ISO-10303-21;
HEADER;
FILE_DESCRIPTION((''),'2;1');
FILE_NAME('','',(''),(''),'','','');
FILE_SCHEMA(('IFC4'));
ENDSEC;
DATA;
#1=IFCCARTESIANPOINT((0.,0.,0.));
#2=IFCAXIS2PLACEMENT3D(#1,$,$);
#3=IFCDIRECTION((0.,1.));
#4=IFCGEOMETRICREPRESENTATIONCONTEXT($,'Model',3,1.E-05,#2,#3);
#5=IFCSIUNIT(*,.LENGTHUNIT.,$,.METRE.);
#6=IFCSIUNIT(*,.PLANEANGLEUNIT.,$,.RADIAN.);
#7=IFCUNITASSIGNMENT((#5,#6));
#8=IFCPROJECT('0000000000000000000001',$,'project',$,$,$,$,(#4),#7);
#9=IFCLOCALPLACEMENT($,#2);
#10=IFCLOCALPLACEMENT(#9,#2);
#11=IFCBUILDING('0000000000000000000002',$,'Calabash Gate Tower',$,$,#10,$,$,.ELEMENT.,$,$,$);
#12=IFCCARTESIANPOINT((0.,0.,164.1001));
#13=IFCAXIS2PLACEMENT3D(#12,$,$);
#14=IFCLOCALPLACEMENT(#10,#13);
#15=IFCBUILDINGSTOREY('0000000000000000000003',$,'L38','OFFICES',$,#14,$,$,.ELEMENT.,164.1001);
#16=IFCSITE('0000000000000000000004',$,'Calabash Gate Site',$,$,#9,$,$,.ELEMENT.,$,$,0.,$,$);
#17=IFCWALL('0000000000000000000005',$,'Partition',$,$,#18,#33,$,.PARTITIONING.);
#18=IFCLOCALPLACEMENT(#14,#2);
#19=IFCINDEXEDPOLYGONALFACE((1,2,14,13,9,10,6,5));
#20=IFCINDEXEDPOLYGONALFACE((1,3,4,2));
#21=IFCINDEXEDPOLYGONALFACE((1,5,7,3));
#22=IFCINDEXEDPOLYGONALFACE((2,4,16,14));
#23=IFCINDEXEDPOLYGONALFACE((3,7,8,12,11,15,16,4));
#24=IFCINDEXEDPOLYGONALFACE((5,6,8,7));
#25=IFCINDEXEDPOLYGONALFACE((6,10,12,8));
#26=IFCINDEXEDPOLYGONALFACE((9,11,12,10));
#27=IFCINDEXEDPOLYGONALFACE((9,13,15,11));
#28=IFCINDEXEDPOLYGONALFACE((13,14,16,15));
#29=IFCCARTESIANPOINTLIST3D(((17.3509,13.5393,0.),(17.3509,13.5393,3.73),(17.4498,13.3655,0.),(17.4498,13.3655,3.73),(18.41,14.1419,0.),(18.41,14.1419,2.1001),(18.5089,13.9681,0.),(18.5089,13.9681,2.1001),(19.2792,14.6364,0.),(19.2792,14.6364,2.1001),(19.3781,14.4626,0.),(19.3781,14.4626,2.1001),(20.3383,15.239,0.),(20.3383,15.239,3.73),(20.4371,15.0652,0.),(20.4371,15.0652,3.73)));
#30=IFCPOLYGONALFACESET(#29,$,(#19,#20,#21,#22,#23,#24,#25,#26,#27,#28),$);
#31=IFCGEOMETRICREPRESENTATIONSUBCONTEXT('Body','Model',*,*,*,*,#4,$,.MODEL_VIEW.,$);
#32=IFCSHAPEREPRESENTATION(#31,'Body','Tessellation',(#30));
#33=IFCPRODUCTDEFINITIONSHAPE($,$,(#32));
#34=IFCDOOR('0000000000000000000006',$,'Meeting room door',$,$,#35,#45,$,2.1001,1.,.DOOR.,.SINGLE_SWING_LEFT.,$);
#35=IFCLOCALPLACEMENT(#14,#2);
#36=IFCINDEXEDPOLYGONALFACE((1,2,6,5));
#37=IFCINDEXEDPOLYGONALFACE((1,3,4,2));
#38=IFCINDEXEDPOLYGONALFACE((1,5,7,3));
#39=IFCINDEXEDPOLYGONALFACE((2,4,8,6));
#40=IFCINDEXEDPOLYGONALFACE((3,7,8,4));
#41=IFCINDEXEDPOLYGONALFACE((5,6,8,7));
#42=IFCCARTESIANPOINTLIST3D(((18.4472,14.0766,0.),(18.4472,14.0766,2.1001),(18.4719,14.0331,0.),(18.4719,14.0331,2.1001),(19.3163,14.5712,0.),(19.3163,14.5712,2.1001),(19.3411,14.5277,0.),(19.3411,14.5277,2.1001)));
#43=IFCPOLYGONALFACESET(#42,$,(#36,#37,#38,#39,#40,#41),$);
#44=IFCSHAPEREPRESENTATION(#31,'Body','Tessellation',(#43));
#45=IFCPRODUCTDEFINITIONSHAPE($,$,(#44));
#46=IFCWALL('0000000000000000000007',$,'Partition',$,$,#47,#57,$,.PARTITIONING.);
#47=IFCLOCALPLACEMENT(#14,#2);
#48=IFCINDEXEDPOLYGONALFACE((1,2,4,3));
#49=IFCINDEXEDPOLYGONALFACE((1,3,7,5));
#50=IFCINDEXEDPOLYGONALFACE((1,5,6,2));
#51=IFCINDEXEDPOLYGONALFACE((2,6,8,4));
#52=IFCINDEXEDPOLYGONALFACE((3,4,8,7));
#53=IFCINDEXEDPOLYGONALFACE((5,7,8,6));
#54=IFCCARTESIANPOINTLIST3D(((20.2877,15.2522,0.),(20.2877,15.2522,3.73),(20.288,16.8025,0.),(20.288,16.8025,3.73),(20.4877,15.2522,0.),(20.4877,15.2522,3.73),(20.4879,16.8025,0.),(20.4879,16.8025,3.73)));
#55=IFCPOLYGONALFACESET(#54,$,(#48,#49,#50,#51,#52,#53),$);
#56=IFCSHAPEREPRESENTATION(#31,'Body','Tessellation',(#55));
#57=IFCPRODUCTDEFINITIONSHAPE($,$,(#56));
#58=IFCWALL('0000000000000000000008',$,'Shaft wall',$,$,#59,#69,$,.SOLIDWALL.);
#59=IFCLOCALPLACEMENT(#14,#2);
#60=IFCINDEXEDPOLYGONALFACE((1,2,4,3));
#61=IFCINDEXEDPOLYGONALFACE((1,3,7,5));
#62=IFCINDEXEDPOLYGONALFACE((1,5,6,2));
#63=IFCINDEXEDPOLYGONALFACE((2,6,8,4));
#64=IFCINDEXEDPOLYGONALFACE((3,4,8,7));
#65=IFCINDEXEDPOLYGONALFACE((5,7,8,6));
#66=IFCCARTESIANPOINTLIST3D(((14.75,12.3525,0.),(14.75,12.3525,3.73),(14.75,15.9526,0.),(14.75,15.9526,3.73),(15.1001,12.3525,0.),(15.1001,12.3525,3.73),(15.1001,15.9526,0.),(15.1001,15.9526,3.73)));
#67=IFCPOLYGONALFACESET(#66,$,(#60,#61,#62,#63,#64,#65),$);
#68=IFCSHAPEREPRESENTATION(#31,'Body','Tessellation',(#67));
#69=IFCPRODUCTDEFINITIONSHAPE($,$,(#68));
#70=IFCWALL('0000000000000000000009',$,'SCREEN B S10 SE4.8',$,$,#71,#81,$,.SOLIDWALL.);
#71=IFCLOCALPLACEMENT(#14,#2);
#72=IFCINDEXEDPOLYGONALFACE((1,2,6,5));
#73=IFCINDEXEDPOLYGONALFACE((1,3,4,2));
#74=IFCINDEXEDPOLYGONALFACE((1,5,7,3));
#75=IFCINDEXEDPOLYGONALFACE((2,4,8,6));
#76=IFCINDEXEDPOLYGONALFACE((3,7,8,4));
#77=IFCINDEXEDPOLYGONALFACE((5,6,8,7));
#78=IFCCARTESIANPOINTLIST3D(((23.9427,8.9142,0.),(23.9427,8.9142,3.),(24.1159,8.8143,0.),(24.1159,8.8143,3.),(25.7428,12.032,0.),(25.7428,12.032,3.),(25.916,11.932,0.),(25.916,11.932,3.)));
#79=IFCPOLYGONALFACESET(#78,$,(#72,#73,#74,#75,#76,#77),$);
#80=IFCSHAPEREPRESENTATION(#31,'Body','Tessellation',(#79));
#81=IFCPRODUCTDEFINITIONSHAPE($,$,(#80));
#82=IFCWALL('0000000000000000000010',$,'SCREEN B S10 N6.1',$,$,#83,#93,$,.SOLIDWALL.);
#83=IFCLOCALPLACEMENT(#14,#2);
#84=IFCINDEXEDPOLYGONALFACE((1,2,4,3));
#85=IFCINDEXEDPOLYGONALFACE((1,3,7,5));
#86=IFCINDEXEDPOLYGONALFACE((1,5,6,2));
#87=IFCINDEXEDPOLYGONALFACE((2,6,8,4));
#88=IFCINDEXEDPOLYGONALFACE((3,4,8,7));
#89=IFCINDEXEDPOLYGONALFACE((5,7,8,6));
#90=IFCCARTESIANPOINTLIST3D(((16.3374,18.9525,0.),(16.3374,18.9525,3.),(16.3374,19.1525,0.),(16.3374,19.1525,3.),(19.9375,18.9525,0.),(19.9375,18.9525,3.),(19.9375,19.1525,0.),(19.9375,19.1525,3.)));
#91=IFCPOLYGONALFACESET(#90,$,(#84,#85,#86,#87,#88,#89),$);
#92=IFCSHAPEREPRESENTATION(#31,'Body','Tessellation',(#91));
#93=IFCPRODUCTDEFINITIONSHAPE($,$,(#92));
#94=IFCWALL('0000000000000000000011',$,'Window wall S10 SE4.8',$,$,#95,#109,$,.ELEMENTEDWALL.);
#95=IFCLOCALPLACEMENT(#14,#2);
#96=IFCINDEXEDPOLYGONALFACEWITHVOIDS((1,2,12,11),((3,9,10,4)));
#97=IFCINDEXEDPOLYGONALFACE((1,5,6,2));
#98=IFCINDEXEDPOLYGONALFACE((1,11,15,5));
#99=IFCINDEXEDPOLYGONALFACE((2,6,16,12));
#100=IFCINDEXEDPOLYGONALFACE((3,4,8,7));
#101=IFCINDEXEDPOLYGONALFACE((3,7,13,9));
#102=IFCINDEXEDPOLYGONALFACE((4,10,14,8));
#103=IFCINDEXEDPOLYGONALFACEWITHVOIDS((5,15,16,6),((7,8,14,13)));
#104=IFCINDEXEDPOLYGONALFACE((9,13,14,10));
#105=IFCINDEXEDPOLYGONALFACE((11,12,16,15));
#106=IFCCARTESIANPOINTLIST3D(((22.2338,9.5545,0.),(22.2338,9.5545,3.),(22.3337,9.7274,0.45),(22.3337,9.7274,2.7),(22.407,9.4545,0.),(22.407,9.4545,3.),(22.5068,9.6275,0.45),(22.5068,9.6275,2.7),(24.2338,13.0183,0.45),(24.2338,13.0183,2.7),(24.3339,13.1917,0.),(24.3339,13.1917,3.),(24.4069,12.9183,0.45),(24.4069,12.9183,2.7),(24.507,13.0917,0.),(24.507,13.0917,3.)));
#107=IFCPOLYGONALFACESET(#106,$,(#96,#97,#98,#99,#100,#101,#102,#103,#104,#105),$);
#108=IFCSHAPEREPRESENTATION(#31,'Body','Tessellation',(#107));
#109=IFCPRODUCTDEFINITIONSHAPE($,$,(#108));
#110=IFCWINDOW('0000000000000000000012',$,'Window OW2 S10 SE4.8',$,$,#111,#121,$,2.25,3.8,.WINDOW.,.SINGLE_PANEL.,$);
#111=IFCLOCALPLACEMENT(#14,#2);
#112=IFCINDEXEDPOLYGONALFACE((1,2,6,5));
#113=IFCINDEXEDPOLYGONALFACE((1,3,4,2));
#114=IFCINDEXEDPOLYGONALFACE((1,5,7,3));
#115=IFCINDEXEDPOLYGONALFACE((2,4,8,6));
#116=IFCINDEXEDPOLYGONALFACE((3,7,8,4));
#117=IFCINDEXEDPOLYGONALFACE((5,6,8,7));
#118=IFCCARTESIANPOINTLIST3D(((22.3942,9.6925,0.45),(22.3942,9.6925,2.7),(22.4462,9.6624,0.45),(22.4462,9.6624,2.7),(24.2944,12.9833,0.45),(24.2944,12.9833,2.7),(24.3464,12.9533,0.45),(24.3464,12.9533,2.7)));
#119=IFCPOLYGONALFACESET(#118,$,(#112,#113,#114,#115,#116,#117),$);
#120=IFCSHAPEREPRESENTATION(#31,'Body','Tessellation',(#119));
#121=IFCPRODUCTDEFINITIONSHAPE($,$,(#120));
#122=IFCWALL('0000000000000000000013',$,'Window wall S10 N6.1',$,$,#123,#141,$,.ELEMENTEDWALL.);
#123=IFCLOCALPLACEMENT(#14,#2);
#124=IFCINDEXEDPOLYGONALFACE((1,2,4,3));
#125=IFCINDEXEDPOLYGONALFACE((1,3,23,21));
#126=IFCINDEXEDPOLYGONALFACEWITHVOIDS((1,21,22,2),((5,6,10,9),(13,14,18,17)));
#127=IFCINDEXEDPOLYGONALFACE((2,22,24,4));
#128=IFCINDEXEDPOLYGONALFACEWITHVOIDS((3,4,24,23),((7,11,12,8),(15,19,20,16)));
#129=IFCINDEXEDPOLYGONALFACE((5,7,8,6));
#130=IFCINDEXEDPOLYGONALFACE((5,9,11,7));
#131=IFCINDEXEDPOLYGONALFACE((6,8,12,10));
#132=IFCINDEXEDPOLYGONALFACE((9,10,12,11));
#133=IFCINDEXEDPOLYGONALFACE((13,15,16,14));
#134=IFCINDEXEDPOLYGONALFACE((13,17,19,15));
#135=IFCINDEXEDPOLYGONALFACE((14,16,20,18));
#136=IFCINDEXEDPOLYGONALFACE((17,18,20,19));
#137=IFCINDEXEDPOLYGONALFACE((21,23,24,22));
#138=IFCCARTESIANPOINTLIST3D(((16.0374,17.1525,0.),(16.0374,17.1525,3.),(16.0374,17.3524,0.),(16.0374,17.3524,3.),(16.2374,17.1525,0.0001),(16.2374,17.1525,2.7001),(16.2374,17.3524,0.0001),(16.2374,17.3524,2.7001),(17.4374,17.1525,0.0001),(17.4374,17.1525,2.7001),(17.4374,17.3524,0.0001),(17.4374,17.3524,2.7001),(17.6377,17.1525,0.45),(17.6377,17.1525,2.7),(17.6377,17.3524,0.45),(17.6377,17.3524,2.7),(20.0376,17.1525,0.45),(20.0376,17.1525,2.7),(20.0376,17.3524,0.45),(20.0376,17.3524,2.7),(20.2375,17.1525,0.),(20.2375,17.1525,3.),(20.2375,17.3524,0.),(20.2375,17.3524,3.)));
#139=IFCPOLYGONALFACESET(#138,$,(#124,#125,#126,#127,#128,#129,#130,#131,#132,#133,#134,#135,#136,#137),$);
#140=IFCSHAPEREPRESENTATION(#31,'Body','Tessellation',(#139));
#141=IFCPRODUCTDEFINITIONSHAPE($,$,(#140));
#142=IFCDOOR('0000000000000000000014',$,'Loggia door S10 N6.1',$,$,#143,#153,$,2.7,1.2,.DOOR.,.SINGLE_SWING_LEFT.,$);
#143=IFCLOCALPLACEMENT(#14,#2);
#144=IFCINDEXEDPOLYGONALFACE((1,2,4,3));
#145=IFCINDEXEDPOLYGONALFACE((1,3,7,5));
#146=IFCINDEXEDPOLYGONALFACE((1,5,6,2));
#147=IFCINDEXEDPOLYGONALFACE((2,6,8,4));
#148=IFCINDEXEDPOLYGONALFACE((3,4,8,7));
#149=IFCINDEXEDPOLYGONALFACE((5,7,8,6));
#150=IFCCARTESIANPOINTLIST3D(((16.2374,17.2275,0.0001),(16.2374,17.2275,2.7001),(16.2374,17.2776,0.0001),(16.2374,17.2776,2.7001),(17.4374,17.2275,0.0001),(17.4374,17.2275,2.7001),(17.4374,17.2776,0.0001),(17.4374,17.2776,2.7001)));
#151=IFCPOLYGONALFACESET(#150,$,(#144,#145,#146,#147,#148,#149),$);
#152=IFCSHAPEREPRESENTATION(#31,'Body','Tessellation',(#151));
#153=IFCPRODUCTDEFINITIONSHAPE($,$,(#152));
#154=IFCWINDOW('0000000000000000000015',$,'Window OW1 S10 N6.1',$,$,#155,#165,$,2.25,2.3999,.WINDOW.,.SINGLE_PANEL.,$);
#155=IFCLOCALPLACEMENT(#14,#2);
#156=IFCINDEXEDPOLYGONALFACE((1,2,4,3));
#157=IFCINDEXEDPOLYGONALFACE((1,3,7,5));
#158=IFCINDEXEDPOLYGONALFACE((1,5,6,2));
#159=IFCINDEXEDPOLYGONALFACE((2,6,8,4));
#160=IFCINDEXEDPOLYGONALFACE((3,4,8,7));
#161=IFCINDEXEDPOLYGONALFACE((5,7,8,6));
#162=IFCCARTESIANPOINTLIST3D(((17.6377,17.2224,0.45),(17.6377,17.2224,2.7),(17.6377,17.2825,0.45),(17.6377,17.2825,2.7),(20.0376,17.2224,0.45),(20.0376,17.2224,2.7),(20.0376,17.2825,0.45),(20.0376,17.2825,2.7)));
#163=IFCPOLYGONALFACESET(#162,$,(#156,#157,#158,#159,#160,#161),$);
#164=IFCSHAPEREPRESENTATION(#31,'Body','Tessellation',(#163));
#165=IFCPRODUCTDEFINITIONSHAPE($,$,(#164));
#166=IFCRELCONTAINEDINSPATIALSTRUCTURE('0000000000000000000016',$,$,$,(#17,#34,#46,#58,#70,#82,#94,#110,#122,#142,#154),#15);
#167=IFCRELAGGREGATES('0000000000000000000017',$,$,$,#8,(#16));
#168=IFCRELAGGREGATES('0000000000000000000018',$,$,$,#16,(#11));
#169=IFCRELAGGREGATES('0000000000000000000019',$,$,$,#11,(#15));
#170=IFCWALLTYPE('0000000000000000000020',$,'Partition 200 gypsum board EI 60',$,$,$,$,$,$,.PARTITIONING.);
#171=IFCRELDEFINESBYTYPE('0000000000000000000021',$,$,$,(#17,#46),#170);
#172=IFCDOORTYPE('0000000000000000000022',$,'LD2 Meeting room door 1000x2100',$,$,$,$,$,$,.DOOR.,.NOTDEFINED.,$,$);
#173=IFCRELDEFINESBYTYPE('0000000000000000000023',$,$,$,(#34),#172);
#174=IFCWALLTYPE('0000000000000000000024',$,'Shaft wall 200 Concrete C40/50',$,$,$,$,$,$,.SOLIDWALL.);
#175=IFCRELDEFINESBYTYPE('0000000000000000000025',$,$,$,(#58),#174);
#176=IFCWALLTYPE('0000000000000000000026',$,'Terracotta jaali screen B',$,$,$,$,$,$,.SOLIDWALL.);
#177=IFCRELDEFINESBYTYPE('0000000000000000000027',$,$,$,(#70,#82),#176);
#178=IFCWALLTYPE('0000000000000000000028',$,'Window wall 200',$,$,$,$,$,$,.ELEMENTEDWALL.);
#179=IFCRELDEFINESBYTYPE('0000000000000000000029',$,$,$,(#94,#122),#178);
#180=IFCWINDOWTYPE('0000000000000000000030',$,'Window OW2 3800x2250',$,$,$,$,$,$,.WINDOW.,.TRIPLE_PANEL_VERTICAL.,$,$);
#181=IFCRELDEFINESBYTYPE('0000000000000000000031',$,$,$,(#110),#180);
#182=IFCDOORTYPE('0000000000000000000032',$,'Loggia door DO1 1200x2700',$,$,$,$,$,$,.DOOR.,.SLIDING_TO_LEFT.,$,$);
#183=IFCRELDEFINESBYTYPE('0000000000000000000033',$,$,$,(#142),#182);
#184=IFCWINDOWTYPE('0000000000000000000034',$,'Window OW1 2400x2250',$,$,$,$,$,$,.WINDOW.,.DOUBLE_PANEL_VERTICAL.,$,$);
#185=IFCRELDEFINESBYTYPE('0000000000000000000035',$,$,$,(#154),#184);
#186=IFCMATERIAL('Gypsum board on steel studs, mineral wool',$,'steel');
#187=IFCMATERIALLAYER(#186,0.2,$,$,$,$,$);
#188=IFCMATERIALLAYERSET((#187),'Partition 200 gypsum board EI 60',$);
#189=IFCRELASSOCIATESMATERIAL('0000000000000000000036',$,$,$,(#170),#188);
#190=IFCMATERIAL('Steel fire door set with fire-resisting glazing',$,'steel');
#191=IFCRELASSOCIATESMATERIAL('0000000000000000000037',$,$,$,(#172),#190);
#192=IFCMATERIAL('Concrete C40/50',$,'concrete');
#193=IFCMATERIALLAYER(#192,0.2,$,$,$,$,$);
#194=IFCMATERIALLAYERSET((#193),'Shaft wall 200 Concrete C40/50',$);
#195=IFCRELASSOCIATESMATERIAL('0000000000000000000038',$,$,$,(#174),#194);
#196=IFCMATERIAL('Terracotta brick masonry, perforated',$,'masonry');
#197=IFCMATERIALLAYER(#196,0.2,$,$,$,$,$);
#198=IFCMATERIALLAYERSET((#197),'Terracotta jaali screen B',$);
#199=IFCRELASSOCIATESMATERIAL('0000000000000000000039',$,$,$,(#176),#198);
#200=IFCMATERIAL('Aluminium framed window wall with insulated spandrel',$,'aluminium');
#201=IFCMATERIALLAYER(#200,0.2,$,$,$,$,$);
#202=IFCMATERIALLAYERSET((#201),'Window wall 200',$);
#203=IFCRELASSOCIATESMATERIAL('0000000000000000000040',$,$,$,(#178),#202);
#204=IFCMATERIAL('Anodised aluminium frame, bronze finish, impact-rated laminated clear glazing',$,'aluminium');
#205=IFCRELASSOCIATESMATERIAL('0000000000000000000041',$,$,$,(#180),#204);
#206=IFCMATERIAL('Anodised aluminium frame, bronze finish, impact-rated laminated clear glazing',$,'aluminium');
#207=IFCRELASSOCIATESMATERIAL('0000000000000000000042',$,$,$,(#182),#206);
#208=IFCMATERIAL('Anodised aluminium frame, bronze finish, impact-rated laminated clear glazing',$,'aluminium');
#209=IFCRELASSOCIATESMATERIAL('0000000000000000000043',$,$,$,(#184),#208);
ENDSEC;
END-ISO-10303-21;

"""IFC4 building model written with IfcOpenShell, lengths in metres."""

from ifc_helpers import new_model, si_unit, direction, frame, frame_2d, origin, place, context, subcontext, project, spatial, rectangle, extrude, material, layer, layer_set, type_object, element, fill, save


model = new_model("IFC4")

# Units and contexts
model_context = context("Model", 3, precision=1e-05, world=origin(), true_north=direction((0.0, 1.0)))
body_context = subcontext(model_context, "Body", "Model", "MODEL_VIEW")
ifc_project = project(units=[si_unit("LENGTHUNIT", "METRE"), si_unit("PLANEANGLEUNIT", "RADIAN")], contexts=[model_context])

# Site, building, storey
site_placement = place(None, origin())
site = spatial("IfcSite", under=ifc_project, at=site_placement, Name="Calabash Gate Site", CompositionType="ELEMENT", RefElevation=0.0)
building_placement = place(site_placement, origin())
building = spatial("IfcBuilding", under=site, at=building_placement, Name="Calabash Gate Tower", CompositionType="ELEMENT")
storey_placement = place(building_placement, frame((0.0, 0.0, 164.1001)))
storey = spatial("IfcBuildingStorey", under=building, at=storey_placement, Name="L38", Description="OFFICES", CompositionType="ELEMENT", Elevation=164.1001)

# Shared definitions
ifc_material_1 = material(Name="Gypsum board on steel studs, mineral wool", Category="steel")
ifc_layer_1 = layer(ifc_material_1, 0.2)
ifc_layer_set_1 = layer_set([ifc_layer_1], Name="Partition 200 gypsum board EI 60")
wall_type_1 = type_object("IfcWallType", Name="Partition 200 gypsum board EI 60", PredefinedType="PARTITIONING", material=ifc_layer_set_1)

# Wall, opening, door
wall_1_placement = place(storey_placement, frame((17.4004, 13.4524, 0.0), z_axis=(0.0, 0.0, 1.0), x_axis=(0.86916, 0.494532, 0.0)))
wall_1 = element("IfcWall", 1, at=wall_1_placement, inside=storey, type_object=wall_type_1, Name="Partition", PredefinedType="PARTITIONING", context=body_context, shape_type="SweptSolid", body=[
    extrude(rectangle(XDim=3.437, YDim=0.2, at=frame_2d((1.7185, 0.0))), origin(), (0.0, 0.0, 1.0), 3.73),
])
opening_1_placement = place(wall_1_placement, frame((1.2185, 0.0, 0.0)))
opening_1 = element("IfcOpeningElement", 2, at=opening_1_placement, cuts=wall_1, PredefinedType="OPENING", context=body_context, shape_type="SweptSolid", body=[
    extrude(rectangle(XDim=1.0, YDim=2.1001, at=frame_2d((0.5, 1.05))), frame((0.0, 0.1099, 0.0), z_axis=(0.0, -1.0, 0.0), x_axis=(1.0, 0.0, 0.0)), (0.0, 0.0, 1.0), 0.22),
])
ifc_material_2 = material(Name="Steel fire door set with fire-resisting glazing", Category="steel")
door_type_1 = type_object("IfcDoorType", Name="LD2 Meeting room door 1000x2100", OperationType="NOTDEFINED", PredefinedType="DOOR", material=ifc_material_2)
door_1_placement = place(opening_1_placement, origin())
door_1 = element("IfcDoor", 3, at=door_1_placement, inside=storey, type_object=door_type_1, Name="Meeting room door", OperationType="SINGLE_SWING_LEFT", OverallHeight=2.1001, OverallWidth=1.0, PredefinedType="DOOR", context=body_context, shape_type="SweptSolid", body=[
    extrude(rectangle(XDim=1.0, YDim=2.1001, at=frame_2d((0.5, 1.05))), frame((0.0, 0.0249, 0.0), z_axis=(0.0, -1.0, 0.0), x_axis=(1.0, 0.0, 0.0)), (0.0, 0.0, 1.0), 0.05),
])
fill(opening_1, door_1)

# Walls
wall_2_placement = place(storey_placement, frame((20.3877, 15.2522, 0.0), z_axis=(0.0, 0.0, 1.0), x_axis=(0.000157, 1.0, 0.0)))
element("IfcWall", 4, at=wall_2_placement, inside=storey, type_object=wall_type_1, Name="Partition", PredefinedType="PARTITIONING", context=body_context, shape_type="SweptSolid", body=[
    extrude(rectangle(XDim=1.5503, YDim=0.2, at=frame_2d((0.7751, 0.0))), origin(), (0.0, 0.0, 1.0), 3.73),
])
ifc_material_3 = material(Name="Concrete C40/50", Category="concrete")
ifc_layer_2 = layer(ifc_material_3, 0.2)
ifc_layer_set_2 = layer_set([ifc_layer_2], Name="Shaft wall 200 Concrete C40/50")
wall_type_2 = type_object("IfcWallType", Name="Shaft wall 200 Concrete C40/50", PredefinedType="SOLIDWALL", material=ifc_layer_set_2)
wall_3_placement = place(storey_placement, frame((14.925, 12.3525, 0.0), z_axis=(0.0, 0.0, 1.0), x_axis=(0.0, 1.0, 0.0)))
element("IfcWall", 5, at=wall_3_placement, inside=storey, type_object=wall_type_2, Name="Shaft wall", PredefinedType="SOLIDWALL", context=body_context, shape_type="SweptSolid", body=[
    extrude(rectangle(XDim=3.6001, YDim=0.3501, at=frame_2d((1.8, 0.0))), origin(), (0.0, 0.0, 1.0), 3.73),
])
ifc_material_4 = material(Name="Terracotta brick masonry, perforated", Category="masonry")
ifc_layer_3 = layer(ifc_material_4, 0.2)
ifc_layer_set_3 = layer_set([ifc_layer_3], Name="Terracotta jaali screen B")
wall_type_3 = type_object("IfcWallType", Name="Terracotta jaali screen B", PredefinedType="SOLIDWALL", material=ifc_layer_set_3)
for number, where, z_axis, x_axis, name in (
    (6, (24.0293, 8.8643, 0.0), (0.0, 0.0, 1.0), (0.500012, 0.866018, 0.0), "SCREEN B S10 SE4.8"),
    (7, (19.9375, 19.0525, 0.0), (0.0, 0.0, 1.0), (-1.0, 0.0, 0.0), "SCREEN B S10 N6.1"),
):
    element("IfcWall", number, at=place(storey_placement, frame(where, z_axis=z_axis, x_axis=x_axis)), inside=storey, type_object=wall_type_3, Name=name, PredefinedType="SOLIDWALL", context=body_context, shape_type="SweptSolid", body=[
        extrude(rectangle(XDim=3.6001, YDim=0.2, at=frame_2d((1.8, 0.0))), origin(), (0.0, 0.0, 1.0), 3.0),
    ])

# Wall, opening, window
ifc_material_5 = material(Name="Aluminium framed window wall with insulated spandrel", Category="aluminium")
ifc_layer_4 = layer(ifc_material_5, 0.2)
ifc_layer_set_4 = layer_set([ifc_layer_4], Name="Window wall 200")
wall_type_4 = type_object("IfcWallType", Name="Window wall 200", PredefinedType="ELEMENTEDWALL", material=ifc_layer_set_4)
wall_4_placement = place(storey_placement, frame((22.3203, 9.5044, 0.0), z_axis=(0.0, 0.0, 1.0), x_axis=(0.500028, 0.866009, 0.0)))
wall_4 = element("IfcWall", 8, at=wall_4_placement, inside=storey, type_object=wall_type_4, Name="Window wall S10 SE4.8", PredefinedType="ELEMENTEDWALL", context=body_context, shape_type="SweptSolid", body=[
    extrude(rectangle(XDim=4.2, YDim=0.2, at=frame_2d((2.1001, 0.0))), origin(), (0.0, 0.0, 1.0), 3.0),
])
opening_2_placement = place(wall_4_placement, frame((0.2, 0.0, 0.45)))
opening_2 = element("IfcOpeningElement", 9, at=opening_2_placement, cuts=wall_4, PredefinedType="OPENING", context=body_context, shape_type="SweptSolid", body=[
    extrude(rectangle(XDim=3.8, YDim=2.25, at=frame_2d((1.8999, 1.125))), frame((0.0, 0.1099, 0.0), z_axis=(0.0, -1.0, 0.0), x_axis=(1.0, 0.0, 0.0)), (0.0, 0.0, 1.0), 0.22),
])
ifc_material_6 = material(Name="Anodised aluminium frame, bronze finish, impact-rated laminated clear glazing", Category="aluminium")
window_type_1 = type_object("IfcWindowType", Name="Window OW2 3800x2250", PartitioningType="TRIPLE_PANEL_VERTICAL", PredefinedType="WINDOW", material=ifc_material_6)
window_1_placement = place(opening_2_placement, origin())
window_1 = element("IfcWindow", 10, at=window_1_placement, inside=storey, type_object=window_type_1, Name="Window OW2 S10 SE4.8", OverallHeight=2.25, OverallWidth=3.8, PartitioningType="SINGLE_PANEL", PredefinedType="WINDOW", context=body_context, shape_type="SweptSolid", body=[
    extrude(rectangle(XDim=3.8, YDim=2.25, at=frame_2d((1.8999, 1.125))), frame((0.0, 0.03, 0.0), z_axis=(0.0, -1.0, 0.0), x_axis=(1.0, 0.0, 0.0)), (0.0, 0.0, 1.0), 0.0601),
])
fill(opening_2, window_1)

# Wall, openings, door, window
wall_5_placement = place(storey_placement, frame((20.2375, 17.2524, 0.0), z_axis=(0.0, 0.0, 1.0), x_axis=(-1.0, 0.0, 0.0)))
wall_5 = element("IfcWall", 11, at=wall_5_placement, inside=storey, type_object=wall_type_4, Name="Window wall S10 N6.1", PredefinedType="ELEMENTEDWALL", context=body_context, shape_type="SweptSolid", body=[
    extrude(rectangle(XDim=4.2002, YDim=0.2, at=frame_2d((2.1001, 0.0))), origin(), (0.0, 0.0, 1.0), 3.0),
])
opening_3_placement = place(wall_5_placement, frame((0.2, 0.0, 0.45)))
opening_3 = element("IfcOpeningElement", 12, at=opening_3_placement, cuts=wall_5, PredefinedType="OPENING", context=body_context, shape_type="SweptSolid", body=[
    extrude(rectangle(XDim=2.3999, YDim=2.25, at=frame_2d((1.2, 1.125))), frame((0.0, 0.1099, 0.0), z_axis=(0.0, -1.0, 0.0), x_axis=(1.0, 0.0, 0.0)), (0.0, 0.0, 1.0), 0.22),
])
opening_4_placement = place(wall_5_placement, frame((2.8, 0.0, 0.0)))
opening_4 = element("IfcOpeningElement", 13, at=opening_4_placement, cuts=wall_5, PredefinedType="OPENING", context=body_context, shape_type="SweptSolid", body=[
    extrude(rectangle(XDim=1.2, YDim=2.7, at=frame_2d((0.6001, 1.3501))), frame((0.0, 0.1099, 0.0), z_axis=(0.0, -1.0, 0.0), x_axis=(1.0, 0.0, 0.0)), (0.0, 0.0, 1.0), 0.22),
])
ifc_material_7 = material(Name="Anodised aluminium frame, bronze finish, impact-rated laminated clear glazing", Category="aluminium")
door_type_2 = type_object("IfcDoorType", Name="Loggia door DO1 1200x2700", OperationType="SLIDING_TO_LEFT", PredefinedType="DOOR", material=ifc_material_7)
door_2_placement = place(opening_4_placement, origin())
door_2 = element("IfcDoor", 14, at=door_2_placement, inside=storey, type_object=door_type_2, Name="Loggia door S10 N6.1", OperationType="SINGLE_SWING_LEFT", OverallHeight=2.7, OverallWidth=1.2, PredefinedType="DOOR", context=body_context, shape_type="SweptSolid", body=[
    extrude(rectangle(XDim=1.2, YDim=2.7, at=frame_2d((0.6001, 1.3501))), frame((0.0, 0.0249, 0.0), z_axis=(0.0, -1.0, 0.0), x_axis=(1.0, 0.0, 0.0)), (0.0, 0.0, 1.0), 0.05),
])
fill(opening_4, door_2)
ifc_material_8 = material(Name="Anodised aluminium frame, bronze finish, impact-rated laminated clear glazing", Category="aluminium")
window_type_2 = type_object("IfcWindowType", Name="Window OW1 2400x2250", PartitioningType="DOUBLE_PANEL_VERTICAL", PredefinedType="WINDOW", material=ifc_material_8)
window_2_placement = place(opening_3_placement, origin())
window_2 = element("IfcWindow", 15, at=window_2_placement, inside=storey, type_object=window_type_2, Name="Window OW1 S10 N6.1", OverallHeight=2.25, OverallWidth=2.3999, PartitioningType="SINGLE_PANEL", PredefinedType="WINDOW", context=body_context, shape_type="SweptSolid", body=[
    extrude(rectangle(XDim=2.3999, YDim=2.25, at=frame_2d((1.2, 1.125))), frame((0.0, 0.03, 0.0), z_axis=(0.0, -1.0, 0.0), x_axis=(1.0, 0.0, 0.0)), (0.0, 0.0, 1.0), 0.0601),
])
fill(opening_3, window_2)

save(model, "model.ifc")
